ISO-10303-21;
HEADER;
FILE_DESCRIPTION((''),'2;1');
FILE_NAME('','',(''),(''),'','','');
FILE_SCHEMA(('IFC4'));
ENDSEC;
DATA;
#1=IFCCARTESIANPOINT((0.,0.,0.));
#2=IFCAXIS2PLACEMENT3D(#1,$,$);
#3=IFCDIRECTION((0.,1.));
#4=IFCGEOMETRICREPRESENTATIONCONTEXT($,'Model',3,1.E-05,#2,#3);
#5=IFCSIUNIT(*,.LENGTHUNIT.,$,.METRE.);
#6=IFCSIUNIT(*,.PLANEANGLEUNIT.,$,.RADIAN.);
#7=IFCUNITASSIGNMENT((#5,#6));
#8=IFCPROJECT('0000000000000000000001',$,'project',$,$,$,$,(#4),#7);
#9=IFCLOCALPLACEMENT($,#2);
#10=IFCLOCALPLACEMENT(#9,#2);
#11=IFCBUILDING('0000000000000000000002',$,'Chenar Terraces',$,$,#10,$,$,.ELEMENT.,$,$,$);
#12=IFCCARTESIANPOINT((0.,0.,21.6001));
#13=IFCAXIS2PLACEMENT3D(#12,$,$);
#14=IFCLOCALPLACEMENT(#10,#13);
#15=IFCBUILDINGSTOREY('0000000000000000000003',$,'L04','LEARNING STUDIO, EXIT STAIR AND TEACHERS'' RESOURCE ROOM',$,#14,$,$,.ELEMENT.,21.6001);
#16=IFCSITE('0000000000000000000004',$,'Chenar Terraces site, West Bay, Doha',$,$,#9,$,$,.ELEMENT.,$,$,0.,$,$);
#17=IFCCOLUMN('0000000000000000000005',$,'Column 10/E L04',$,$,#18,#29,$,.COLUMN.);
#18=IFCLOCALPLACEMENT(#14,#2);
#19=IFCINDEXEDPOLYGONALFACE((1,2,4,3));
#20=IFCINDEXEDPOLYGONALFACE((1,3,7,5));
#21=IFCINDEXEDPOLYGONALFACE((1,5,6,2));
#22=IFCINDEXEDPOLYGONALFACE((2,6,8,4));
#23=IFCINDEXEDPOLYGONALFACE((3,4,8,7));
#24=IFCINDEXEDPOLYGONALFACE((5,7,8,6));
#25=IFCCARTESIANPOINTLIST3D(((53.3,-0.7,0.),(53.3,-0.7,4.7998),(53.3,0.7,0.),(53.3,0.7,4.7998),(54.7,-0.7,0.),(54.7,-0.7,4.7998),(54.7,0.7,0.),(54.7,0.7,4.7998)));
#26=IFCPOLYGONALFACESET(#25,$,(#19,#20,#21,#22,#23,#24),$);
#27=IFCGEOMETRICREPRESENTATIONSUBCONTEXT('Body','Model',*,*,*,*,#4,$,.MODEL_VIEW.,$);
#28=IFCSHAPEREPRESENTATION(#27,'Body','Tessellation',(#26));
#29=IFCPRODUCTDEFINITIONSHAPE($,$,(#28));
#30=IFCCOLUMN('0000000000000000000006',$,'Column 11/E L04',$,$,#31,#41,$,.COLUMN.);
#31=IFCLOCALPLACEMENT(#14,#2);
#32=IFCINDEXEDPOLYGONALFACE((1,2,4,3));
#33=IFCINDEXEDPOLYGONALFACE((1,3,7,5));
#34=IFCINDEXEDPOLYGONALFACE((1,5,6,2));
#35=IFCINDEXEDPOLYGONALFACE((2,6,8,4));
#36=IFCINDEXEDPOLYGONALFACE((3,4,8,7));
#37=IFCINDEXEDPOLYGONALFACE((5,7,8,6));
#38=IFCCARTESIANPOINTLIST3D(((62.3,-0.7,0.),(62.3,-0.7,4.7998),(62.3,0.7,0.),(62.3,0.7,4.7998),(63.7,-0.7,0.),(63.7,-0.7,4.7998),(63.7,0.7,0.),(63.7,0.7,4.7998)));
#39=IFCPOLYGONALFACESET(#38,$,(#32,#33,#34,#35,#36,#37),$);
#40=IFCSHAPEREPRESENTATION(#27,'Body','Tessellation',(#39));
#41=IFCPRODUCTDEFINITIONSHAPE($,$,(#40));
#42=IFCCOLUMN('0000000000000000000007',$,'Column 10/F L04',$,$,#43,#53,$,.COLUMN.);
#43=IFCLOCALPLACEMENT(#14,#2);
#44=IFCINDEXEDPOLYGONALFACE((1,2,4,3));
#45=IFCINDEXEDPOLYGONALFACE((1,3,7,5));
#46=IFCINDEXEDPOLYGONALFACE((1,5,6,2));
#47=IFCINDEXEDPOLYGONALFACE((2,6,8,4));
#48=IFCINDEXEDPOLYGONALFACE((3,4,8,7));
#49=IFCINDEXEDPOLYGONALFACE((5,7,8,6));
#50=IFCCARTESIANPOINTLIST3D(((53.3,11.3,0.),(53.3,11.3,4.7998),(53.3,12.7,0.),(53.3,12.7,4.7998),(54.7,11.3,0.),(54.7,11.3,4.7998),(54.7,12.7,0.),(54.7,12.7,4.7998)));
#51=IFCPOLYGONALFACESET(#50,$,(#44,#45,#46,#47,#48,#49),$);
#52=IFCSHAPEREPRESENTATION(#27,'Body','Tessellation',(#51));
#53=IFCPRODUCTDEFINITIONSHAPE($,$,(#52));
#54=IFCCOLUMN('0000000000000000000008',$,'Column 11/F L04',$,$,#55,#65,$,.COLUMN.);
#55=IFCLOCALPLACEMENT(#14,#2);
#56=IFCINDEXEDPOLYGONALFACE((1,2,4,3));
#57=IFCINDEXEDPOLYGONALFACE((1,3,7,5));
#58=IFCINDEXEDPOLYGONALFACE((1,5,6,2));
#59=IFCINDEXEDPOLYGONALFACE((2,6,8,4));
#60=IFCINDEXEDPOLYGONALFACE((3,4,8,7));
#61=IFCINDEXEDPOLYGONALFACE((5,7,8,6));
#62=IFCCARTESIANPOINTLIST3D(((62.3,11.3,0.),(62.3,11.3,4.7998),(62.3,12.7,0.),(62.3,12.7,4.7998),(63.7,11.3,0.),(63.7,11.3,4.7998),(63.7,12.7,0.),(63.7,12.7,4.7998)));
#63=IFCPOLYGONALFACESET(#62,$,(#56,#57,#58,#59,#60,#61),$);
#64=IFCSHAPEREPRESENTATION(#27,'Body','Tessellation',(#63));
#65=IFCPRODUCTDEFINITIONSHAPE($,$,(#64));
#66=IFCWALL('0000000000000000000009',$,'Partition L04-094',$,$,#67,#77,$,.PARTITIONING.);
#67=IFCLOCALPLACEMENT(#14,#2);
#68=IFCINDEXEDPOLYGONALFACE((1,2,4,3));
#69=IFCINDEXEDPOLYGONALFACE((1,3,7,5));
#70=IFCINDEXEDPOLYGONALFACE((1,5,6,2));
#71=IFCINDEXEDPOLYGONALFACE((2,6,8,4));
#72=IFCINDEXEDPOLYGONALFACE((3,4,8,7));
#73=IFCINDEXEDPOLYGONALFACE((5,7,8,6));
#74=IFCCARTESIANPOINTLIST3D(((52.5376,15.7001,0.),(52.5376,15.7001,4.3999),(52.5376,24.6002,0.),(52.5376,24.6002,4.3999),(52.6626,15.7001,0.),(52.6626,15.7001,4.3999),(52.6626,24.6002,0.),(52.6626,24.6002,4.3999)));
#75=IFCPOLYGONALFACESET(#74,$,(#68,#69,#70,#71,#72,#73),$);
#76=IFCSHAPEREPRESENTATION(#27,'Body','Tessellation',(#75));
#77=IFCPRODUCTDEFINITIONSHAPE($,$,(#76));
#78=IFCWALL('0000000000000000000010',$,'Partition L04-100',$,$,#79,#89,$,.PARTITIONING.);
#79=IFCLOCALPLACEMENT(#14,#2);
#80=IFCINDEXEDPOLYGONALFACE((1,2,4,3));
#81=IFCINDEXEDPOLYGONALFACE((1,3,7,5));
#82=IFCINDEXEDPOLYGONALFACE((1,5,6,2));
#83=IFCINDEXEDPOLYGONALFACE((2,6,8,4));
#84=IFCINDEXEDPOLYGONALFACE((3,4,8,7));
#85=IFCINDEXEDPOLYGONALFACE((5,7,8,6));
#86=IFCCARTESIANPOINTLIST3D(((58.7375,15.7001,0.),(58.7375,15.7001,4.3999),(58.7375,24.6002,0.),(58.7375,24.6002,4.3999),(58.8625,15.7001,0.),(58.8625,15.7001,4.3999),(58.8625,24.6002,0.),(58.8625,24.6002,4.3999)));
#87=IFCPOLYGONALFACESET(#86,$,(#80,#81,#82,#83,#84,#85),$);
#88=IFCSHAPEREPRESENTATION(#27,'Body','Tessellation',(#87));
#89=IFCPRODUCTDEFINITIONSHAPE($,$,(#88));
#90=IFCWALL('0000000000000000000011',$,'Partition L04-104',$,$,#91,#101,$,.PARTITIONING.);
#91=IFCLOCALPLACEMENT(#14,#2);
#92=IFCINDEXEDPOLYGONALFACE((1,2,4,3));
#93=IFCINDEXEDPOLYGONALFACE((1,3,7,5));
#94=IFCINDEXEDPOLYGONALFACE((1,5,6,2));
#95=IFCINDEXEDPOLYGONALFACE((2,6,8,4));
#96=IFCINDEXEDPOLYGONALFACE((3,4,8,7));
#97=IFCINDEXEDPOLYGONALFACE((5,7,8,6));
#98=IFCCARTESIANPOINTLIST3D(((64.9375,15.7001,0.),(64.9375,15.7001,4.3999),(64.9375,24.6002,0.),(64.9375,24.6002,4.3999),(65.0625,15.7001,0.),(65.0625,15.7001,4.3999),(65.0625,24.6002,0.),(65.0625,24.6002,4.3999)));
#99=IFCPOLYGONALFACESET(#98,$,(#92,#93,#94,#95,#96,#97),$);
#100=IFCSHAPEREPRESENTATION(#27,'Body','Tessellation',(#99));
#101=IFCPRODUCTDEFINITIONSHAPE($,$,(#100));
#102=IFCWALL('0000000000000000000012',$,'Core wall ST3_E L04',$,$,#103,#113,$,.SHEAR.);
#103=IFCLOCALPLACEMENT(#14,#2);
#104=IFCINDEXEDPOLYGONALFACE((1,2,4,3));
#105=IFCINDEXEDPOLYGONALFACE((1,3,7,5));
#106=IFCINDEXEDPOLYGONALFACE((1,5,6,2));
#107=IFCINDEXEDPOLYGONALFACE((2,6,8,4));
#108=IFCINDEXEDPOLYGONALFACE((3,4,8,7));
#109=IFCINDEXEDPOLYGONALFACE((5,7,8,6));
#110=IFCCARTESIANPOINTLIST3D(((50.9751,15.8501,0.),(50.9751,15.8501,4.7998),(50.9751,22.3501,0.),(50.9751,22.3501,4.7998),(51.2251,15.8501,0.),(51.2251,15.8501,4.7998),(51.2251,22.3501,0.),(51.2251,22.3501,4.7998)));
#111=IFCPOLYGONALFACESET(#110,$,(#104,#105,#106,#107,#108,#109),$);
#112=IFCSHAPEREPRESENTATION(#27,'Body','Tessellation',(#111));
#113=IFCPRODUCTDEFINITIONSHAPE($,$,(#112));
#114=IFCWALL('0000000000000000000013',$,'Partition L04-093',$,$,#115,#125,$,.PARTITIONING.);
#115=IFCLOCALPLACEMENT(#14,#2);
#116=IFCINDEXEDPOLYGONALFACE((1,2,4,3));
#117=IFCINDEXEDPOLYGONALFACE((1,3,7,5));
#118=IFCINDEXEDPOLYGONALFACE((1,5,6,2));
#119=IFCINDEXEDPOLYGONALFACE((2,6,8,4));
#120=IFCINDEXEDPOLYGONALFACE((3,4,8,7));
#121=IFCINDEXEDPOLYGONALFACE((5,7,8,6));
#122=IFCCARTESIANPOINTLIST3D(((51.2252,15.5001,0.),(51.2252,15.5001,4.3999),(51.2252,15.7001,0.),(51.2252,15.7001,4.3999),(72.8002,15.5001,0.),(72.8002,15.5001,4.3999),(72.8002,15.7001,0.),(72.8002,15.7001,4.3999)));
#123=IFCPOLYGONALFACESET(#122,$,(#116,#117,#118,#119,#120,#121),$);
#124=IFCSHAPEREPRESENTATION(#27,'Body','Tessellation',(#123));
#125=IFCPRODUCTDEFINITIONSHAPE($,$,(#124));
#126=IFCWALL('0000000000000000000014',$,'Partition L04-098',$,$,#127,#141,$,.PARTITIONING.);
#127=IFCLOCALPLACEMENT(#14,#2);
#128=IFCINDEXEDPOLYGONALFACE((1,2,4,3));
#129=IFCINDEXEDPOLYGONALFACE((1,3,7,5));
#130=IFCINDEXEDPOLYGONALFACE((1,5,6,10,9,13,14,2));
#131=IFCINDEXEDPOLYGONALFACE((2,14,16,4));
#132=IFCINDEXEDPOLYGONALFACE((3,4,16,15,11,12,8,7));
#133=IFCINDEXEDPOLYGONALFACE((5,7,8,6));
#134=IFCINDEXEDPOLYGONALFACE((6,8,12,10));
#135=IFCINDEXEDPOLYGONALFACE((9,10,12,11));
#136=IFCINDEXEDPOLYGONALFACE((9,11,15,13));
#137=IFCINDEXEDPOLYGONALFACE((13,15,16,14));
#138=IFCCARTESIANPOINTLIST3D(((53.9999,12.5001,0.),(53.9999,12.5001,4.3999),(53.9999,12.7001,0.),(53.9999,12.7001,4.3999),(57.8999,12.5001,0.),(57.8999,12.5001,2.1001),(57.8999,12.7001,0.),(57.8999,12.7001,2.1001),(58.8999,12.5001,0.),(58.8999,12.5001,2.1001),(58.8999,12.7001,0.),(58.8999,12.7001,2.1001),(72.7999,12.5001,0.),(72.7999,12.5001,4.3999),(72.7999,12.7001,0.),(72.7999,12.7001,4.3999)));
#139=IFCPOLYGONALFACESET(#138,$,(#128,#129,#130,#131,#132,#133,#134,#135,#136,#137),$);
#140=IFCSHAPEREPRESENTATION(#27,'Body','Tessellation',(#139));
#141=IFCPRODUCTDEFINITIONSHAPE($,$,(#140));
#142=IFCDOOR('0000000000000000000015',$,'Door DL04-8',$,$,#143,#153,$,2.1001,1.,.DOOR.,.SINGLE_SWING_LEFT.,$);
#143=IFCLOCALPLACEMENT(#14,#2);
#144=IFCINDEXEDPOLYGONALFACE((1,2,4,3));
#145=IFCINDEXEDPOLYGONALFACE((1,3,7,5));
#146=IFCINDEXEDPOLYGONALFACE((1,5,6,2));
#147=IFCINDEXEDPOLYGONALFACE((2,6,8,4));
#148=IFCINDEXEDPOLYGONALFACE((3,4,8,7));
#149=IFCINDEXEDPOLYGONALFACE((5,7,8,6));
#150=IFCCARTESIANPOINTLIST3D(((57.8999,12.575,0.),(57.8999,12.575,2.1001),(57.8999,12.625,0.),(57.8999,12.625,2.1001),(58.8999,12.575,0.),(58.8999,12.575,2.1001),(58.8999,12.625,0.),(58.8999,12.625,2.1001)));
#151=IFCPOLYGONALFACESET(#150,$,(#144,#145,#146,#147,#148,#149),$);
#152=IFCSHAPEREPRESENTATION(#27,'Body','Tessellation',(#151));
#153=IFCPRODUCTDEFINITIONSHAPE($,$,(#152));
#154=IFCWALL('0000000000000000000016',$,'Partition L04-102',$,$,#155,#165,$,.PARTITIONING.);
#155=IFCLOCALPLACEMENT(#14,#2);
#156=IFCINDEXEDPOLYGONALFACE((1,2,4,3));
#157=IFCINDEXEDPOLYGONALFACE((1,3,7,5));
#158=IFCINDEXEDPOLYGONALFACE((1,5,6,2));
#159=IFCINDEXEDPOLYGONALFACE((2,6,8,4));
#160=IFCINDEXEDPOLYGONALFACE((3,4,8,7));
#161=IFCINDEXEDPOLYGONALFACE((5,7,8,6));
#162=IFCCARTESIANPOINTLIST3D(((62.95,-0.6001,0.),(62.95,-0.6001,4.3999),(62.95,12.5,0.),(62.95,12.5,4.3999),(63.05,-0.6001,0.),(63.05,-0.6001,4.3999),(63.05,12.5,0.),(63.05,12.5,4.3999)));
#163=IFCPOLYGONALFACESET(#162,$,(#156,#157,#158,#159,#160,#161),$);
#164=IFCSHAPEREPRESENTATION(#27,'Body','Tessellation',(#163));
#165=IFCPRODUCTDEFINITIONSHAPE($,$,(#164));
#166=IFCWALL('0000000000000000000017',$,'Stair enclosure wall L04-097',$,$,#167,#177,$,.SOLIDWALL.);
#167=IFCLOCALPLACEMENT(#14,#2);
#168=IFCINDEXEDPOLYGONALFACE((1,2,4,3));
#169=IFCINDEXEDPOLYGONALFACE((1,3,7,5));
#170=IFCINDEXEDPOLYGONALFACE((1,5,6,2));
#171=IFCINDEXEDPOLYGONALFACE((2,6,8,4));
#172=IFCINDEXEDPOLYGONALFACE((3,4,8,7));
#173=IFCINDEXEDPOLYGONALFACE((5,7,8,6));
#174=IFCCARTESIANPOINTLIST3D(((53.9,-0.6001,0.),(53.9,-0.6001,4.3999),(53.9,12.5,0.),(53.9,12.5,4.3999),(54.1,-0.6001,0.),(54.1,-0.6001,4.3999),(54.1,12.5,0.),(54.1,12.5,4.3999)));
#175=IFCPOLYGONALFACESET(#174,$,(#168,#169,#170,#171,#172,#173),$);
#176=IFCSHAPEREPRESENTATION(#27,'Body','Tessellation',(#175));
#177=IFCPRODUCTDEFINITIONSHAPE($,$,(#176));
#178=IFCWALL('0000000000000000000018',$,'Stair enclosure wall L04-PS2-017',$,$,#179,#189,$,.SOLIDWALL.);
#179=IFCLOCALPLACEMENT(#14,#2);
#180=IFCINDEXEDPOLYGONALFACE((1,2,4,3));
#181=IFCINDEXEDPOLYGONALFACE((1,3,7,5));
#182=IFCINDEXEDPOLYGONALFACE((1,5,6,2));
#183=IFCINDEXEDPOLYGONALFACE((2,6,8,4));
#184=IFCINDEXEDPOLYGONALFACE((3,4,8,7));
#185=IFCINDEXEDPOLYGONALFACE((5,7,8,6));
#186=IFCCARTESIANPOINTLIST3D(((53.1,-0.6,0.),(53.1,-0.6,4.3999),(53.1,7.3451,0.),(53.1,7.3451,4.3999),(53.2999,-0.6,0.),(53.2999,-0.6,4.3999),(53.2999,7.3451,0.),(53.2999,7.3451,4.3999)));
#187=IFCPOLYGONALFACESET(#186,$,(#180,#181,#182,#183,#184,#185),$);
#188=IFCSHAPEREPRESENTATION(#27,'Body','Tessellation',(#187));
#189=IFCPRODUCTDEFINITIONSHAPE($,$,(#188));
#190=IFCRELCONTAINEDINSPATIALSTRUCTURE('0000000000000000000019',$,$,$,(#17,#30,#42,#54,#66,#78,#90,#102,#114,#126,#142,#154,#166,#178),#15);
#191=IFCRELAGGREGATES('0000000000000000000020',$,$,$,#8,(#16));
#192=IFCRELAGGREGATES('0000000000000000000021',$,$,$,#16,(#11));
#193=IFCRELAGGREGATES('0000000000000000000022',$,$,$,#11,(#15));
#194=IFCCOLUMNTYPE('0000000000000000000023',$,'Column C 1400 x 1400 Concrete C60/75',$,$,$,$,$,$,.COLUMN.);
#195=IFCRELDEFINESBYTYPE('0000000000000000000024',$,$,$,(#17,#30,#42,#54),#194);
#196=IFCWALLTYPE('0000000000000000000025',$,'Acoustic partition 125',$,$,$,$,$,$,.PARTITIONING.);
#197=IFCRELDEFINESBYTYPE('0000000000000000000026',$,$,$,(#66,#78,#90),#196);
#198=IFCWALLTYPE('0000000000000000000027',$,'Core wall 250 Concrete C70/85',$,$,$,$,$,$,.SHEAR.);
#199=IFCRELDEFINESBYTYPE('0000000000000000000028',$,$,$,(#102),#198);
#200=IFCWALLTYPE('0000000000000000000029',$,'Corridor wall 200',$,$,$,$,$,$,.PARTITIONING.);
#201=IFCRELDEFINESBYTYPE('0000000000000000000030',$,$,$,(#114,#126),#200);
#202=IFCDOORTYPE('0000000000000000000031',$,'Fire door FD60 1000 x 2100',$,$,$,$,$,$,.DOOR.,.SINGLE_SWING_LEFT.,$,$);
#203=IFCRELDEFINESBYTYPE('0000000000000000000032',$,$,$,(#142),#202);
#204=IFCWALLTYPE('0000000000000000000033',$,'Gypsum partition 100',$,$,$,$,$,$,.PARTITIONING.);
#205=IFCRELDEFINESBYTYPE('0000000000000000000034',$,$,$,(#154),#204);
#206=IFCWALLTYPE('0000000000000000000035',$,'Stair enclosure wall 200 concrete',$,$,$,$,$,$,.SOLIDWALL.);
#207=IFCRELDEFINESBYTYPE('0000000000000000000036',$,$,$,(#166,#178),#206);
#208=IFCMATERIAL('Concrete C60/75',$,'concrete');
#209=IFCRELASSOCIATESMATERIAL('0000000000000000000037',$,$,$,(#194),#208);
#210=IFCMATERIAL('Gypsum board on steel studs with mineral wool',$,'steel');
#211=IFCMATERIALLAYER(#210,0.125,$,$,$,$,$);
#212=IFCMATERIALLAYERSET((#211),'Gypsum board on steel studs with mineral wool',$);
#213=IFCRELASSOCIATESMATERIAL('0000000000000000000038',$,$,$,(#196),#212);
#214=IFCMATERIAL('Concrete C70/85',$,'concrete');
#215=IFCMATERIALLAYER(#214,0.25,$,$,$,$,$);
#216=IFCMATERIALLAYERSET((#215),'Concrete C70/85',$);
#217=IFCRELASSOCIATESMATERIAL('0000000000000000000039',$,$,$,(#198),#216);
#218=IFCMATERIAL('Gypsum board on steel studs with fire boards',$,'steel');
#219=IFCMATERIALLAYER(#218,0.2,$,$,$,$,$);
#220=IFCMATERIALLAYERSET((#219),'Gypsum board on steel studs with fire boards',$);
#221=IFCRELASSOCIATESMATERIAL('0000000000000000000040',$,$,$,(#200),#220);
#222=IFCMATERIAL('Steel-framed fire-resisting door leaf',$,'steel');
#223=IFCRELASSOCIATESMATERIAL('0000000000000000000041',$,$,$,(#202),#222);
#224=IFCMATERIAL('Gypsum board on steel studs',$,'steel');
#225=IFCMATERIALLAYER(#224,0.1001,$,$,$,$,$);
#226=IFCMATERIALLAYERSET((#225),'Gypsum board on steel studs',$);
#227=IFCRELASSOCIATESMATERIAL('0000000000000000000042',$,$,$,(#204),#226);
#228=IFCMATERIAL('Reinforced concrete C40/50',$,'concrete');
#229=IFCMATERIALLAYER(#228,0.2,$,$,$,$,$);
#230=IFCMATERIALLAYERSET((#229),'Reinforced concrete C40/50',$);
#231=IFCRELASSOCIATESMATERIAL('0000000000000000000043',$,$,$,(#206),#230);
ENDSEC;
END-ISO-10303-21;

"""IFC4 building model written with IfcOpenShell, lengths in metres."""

from ifc_helpers import new_model, si_unit, direction, frame, frame_2d, origin, origin_2d, place, context, subcontext, project, spatial, rectangle, extrude, material, layer, layer_set, material_profile, profile_set, type_object, element, fill, save


model = new_model("IFC4")

# Units and contexts
model_context = context("Model", 3, precision=1e-05, world=origin(), true_north=direction((0.0, 1.0)))
body_context = subcontext(model_context, "Body", "Model", "MODEL_VIEW")
ifc_project = project(units=[si_unit("LENGTHUNIT", "METRE"), si_unit("PLANEANGLEUNIT", "RADIAN")], contexts=[model_context])

# Site, building, storey
site_placement = place(None, origin())
site = spatial("IfcSite", under=ifc_project, at=site_placement, Name="Chenar Terraces site, West Bay, Doha", CompositionType="ELEMENT", RefElevation=0.0)
building_placement = place(site_placement, origin())
building = spatial("IfcBuilding", under=site, at=building_placement, Name="Chenar Terraces", CompositionType="ELEMENT")
storey_placement = place(building_placement, frame((0.0, 0.0, 21.6001)))
storey = spatial("IfcBuildingStorey", under=building, at=storey_placement, Name="L04", Description="LEARNING STUDIO, EXIT STAIR AND TEACHERS' RESOURCE ROOM", CompositionType="ELEMENT", Elevation=21.6001)

# Columns
ifc_material_1 = material(Name="Concrete C60/75", Category="concrete")
ifc_material_profile = material_profile(ifc_material_1, rectangle(XDim=1.3999, YDim=1.3999, at=origin_2d()), Name="C 1400 x 1400")
ifc_profile_set = profile_set([ifc_material_profile], Name="Concrete C60/75")
column_type = type_object("IfcColumnType", Name="Column C 1400 x 1400 Concrete C60/75", PredefinedType="COLUMN", material=ifc_profile_set)
for number, where, z_axis, x_axis, name in (
    (1, (54.0, 0.0, 0.0), (0.0, 0.0, 1.0), (1.0, 0.0, 0.0), "Column 10/E L04"),
    (2, (63.0, 0.0, 0.0), (0.0, 0.0, 1.0), (1.0, 0.0, 0.0), "Column 11/E L04"),
    (3, (54.0, 12.0, 0.0), (0.0, 0.0, 1.0), (1.0, 0.0, 0.0), "Column 10/F L04"),
    (4, (63.0, 12.0, 0.0), (0.0, 0.0, 1.0), (1.0, 0.0, 0.0), "Column 11/F L04"),
):
    element("IfcColumn", number, at=place(storey_placement, frame(where, z_axis=z_axis, x_axis=x_axis)), inside=storey, type_object=column_type, Name=name, PredefinedType="COLUMN", context=body_context, shape_type="SweptSolid", body=[
        extrude(rectangle(XDim=1.3999, YDim=1.3999, at=origin_2d()), origin(), (0.0, 0.0, 1.0), 4.7998),
    ])

# Walls
ifc_material_2 = material(Name="Gypsum board on steel studs with mineral wool", Category="steel")
ifc_layer_1 = layer(ifc_material_2, 0.125)
ifc_layer_set_1 = layer_set([ifc_layer_1], Name="Gypsum board on steel studs with mineral wool")
wall_type_1 = type_object("IfcWallType", Name="Acoustic partition 125", PredefinedType="PARTITIONING", material=ifc_layer_set_1)
for number, where, z_axis, x_axis, name in (
    (5, (52.6001, 15.7, 0.0), (0.0, 0.0, 1.0), (0.0, 1.0, 0.0), "Partition L04-094"),
    (6, (58.8, 15.7, 0.0), (0.0, 0.0, 1.0), (0.0, 1.0, 0.0), "Partition L04-100"),
    (7, (65.0, 15.7, 0.0), (0.0, 0.0, 1.0), (0.0, 1.0, 0.0), "Partition L04-104"),
):
    element("IfcWall", number, at=place(storey_placement, frame(where, z_axis=z_axis, x_axis=x_axis)), inside=storey, type_object=wall_type_1, Name=name, PredefinedType="PARTITIONING", context=body_context, shape_type="SweptSolid", body=[
        extrude(rectangle(XDim=8.9001, YDim=0.125, at=frame_2d((4.4502, 0.0))), origin(), (0.0, 0.0, 1.0), 4.3999),
    ])
ifc_material_3 = material(Name="Concrete C70/85", Category="concrete")
ifc_layer_2 = layer(ifc_material_3, 0.25)
ifc_layer_set_2 = layer_set([ifc_layer_2], Name="Concrete C70/85")
wall_type_2 = type_object("IfcWallType", Name="Core wall 250 Concrete C70/85", PredefinedType="SHEAR", material=ifc_layer_set_2)
wall_1_placement = place(storey_placement, frame((51.1001, 15.8501, 0.0), z_axis=(0.0, 0.0, 1.0), x_axis=(0.0, 1.0, 0.0)))
element("IfcWall", 8, at=wall_1_placement, inside=storey, type_object=wall_type_2, Name="Core wall ST3_E L04", PredefinedType="SHEAR", context=body_context, shape_type="SweptSolid", body=[
    extrude(rectangle(XDim=6.5, YDim=0.25, at=frame_2d((3.25, 0.0))), origin(), (0.0, 0.0, 1.0), 4.7998),
])
ifc_material_4 = material(Name="Gypsum board on steel studs with fire boards", Category="steel")
ifc_layer_3 = layer(ifc_material_4, 0.2)
ifc_layer_set_3 = layer_set([ifc_layer_3], Name="Gypsum board on steel studs with fire boards")
wall_type_3 = type_object("IfcWallType", Name="Corridor wall 200", PredefinedType="PARTITIONING", material=ifc_layer_set_3)
wall_2_placement = place(storey_placement, frame((51.2251, 15.6001, 0.0), z_axis=(0.0, 0.0, 1.0), x_axis=(1.0, 0.0, 0.0)))
element("IfcWall", 9, at=wall_2_placement, inside=storey, type_object=wall_type_3, Name="Partition L04-093", PredefinedType="PARTITIONING", context=body_context, shape_type="SweptSolid", body=[
    extrude(rectangle(XDim=21.575, YDim=0.2, at=frame_2d((10.7876, 0.0))), origin(), (0.0, 0.0, 1.0), 4.3999),
])

# Wall, opening, door
wall_3_placement = place(storey_placement, frame((54.0, 12.6001, 0.0), z_axis=(0.0, 0.0, 1.0), x_axis=(1.0, 0.0, 0.0)))
wall_3 = element("IfcWall", 10, at=wall_3_placement, inside=storey, type_object=wall_type_3, Name="Partition L04-098", PredefinedType="PARTITIONING", context=body_context, shape_type="SweptSolid", body=[
    extrude(rectangle(XDim=18.8, YDim=0.2, at=frame_2d((9.3999, 0.0))), origin(), (0.0, 0.0, 1.0), 4.3999),
])
opening_placement = place(wall_3_placement, frame((3.8999, 0.0, 0.0)))
opening = element("IfcOpeningElement", 11, at=opening_placement, cuts=wall_3, PredefinedType="OPENING", context=body_context, shape_type="SweptSolid", body=[
    extrude(rectangle(XDim=1.0, YDim=2.1001, at=frame_2d((0.5, 1.05))), frame((0.0, 0.1099, 0.0), z_axis=(0.0, -1.0, 0.0), x_axis=(1.0, 0.0, 0.0)), (0.0, 0.0, 1.0), 0.22),
])
ifc_material_5 = material(Name="Steel-framed fire-resisting door leaf", Category="steel")
door_type = type_object("IfcDoorType", Name="Fire door FD60 1000 x 2100", OperationType="SINGLE_SWING_LEFT", PredefinedType="DOOR", material=ifc_material_5)
door_placement = place(opening_placement, origin())
door = element("IfcDoor", 12, at=door_placement, inside=storey, type_object=door_type, Name="Door DL04-8", OperationType="SINGLE_SWING_LEFT", OverallHeight=2.1001, OverallWidth=1.0, PredefinedType="DOOR", context=body_context, shape_type="SweptSolid", body=[
    extrude(rectangle(XDim=1.0, YDim=2.1001, at=frame_2d((0.5, 1.05))), frame((0.0, 0.0249, 0.0), z_axis=(0.0, -1.0, 0.0), x_axis=(1.0, 0.0, 0.0)), (0.0, 0.0, 1.0), 0.05),
])
fill(opening, door)

# Walls
ifc_material_6 = material(Name="Gypsum board on steel studs", Category="steel")
ifc_layer_4 = layer(ifc_material_6, 0.1001)
ifc_layer_set_4 = layer_set([ifc_layer_4], Name="Gypsum board on steel studs")
wall_type_4 = type_object("IfcWallType", Name="Gypsum partition 100", PredefinedType="PARTITIONING", material=ifc_layer_set_4)
wall_4_placement = place(storey_placement, frame((63.0, -0.6001, 0.0), z_axis=(0.0, 0.0, 1.0), x_axis=(0.0, 1.0, 0.0)))
element("IfcWall", 13, at=wall_4_placement, inside=storey, type_object=wall_type_4, Name="Partition L04-102", PredefinedType="PARTITIONING", context=body_context, shape_type="SweptSolid", body=[
    extrude(rectangle(XDim=13.1001, YDim=0.1001, at=frame_2d((6.55, 0.0))), origin(), (0.0, 0.0, 1.0), 4.3999),
])
ifc_material_7 = material(Name="Reinforced concrete C40/50", Category="concrete")
ifc_layer_5 = layer(ifc_material_7, 0.2)
ifc_layer_set_5 = layer_set([ifc_layer_5], Name="Reinforced concrete C40/50")
wall_type_5 = type_object("IfcWallType", Name="Stair enclosure wall 200 concrete", PredefinedType="SOLIDWALL", material=ifc_layer_set_5)
wall_5_placement = place(storey_placement, frame((54.0, -0.6001, 0.0), z_axis=(0.0, 0.0, 1.0), x_axis=(0.0, 1.0, 0.0)))
element("IfcWall", 14, at=wall_5_placement, inside=storey, type_object=wall_type_5, Name="Stair enclosure wall L04-097", PredefinedType="SOLIDWALL", context=body_context, shape_type="SweptSolid", body=[
    extrude(rectangle(XDim=13.1001, YDim=0.2, at=frame_2d((6.55, 0.0))), origin(), (0.0, 0.0, 1.0), 4.3999),
])
wall_6_placement = place(storey_placement, frame((53.2, -0.6001, 0.0), z_axis=(0.0, 0.0, 1.0), x_axis=(0.0, 1.0, 0.0)))
element("IfcWall", 15, at=wall_6_placement, inside=storey, type_object=wall_type_5, Name="Stair enclosure wall L04-PS2-017", PredefinedType="SOLIDWALL", context=body_context, shape_type="SweptSolid", body=[
    extrude(rectangle(XDim=7.9451, YDim=0.2, at=frame_2d((3.9727, 0.0))), origin(), (0.0, 0.0, 1.0), 4.3999),
])

save(model, "model.ifc")
